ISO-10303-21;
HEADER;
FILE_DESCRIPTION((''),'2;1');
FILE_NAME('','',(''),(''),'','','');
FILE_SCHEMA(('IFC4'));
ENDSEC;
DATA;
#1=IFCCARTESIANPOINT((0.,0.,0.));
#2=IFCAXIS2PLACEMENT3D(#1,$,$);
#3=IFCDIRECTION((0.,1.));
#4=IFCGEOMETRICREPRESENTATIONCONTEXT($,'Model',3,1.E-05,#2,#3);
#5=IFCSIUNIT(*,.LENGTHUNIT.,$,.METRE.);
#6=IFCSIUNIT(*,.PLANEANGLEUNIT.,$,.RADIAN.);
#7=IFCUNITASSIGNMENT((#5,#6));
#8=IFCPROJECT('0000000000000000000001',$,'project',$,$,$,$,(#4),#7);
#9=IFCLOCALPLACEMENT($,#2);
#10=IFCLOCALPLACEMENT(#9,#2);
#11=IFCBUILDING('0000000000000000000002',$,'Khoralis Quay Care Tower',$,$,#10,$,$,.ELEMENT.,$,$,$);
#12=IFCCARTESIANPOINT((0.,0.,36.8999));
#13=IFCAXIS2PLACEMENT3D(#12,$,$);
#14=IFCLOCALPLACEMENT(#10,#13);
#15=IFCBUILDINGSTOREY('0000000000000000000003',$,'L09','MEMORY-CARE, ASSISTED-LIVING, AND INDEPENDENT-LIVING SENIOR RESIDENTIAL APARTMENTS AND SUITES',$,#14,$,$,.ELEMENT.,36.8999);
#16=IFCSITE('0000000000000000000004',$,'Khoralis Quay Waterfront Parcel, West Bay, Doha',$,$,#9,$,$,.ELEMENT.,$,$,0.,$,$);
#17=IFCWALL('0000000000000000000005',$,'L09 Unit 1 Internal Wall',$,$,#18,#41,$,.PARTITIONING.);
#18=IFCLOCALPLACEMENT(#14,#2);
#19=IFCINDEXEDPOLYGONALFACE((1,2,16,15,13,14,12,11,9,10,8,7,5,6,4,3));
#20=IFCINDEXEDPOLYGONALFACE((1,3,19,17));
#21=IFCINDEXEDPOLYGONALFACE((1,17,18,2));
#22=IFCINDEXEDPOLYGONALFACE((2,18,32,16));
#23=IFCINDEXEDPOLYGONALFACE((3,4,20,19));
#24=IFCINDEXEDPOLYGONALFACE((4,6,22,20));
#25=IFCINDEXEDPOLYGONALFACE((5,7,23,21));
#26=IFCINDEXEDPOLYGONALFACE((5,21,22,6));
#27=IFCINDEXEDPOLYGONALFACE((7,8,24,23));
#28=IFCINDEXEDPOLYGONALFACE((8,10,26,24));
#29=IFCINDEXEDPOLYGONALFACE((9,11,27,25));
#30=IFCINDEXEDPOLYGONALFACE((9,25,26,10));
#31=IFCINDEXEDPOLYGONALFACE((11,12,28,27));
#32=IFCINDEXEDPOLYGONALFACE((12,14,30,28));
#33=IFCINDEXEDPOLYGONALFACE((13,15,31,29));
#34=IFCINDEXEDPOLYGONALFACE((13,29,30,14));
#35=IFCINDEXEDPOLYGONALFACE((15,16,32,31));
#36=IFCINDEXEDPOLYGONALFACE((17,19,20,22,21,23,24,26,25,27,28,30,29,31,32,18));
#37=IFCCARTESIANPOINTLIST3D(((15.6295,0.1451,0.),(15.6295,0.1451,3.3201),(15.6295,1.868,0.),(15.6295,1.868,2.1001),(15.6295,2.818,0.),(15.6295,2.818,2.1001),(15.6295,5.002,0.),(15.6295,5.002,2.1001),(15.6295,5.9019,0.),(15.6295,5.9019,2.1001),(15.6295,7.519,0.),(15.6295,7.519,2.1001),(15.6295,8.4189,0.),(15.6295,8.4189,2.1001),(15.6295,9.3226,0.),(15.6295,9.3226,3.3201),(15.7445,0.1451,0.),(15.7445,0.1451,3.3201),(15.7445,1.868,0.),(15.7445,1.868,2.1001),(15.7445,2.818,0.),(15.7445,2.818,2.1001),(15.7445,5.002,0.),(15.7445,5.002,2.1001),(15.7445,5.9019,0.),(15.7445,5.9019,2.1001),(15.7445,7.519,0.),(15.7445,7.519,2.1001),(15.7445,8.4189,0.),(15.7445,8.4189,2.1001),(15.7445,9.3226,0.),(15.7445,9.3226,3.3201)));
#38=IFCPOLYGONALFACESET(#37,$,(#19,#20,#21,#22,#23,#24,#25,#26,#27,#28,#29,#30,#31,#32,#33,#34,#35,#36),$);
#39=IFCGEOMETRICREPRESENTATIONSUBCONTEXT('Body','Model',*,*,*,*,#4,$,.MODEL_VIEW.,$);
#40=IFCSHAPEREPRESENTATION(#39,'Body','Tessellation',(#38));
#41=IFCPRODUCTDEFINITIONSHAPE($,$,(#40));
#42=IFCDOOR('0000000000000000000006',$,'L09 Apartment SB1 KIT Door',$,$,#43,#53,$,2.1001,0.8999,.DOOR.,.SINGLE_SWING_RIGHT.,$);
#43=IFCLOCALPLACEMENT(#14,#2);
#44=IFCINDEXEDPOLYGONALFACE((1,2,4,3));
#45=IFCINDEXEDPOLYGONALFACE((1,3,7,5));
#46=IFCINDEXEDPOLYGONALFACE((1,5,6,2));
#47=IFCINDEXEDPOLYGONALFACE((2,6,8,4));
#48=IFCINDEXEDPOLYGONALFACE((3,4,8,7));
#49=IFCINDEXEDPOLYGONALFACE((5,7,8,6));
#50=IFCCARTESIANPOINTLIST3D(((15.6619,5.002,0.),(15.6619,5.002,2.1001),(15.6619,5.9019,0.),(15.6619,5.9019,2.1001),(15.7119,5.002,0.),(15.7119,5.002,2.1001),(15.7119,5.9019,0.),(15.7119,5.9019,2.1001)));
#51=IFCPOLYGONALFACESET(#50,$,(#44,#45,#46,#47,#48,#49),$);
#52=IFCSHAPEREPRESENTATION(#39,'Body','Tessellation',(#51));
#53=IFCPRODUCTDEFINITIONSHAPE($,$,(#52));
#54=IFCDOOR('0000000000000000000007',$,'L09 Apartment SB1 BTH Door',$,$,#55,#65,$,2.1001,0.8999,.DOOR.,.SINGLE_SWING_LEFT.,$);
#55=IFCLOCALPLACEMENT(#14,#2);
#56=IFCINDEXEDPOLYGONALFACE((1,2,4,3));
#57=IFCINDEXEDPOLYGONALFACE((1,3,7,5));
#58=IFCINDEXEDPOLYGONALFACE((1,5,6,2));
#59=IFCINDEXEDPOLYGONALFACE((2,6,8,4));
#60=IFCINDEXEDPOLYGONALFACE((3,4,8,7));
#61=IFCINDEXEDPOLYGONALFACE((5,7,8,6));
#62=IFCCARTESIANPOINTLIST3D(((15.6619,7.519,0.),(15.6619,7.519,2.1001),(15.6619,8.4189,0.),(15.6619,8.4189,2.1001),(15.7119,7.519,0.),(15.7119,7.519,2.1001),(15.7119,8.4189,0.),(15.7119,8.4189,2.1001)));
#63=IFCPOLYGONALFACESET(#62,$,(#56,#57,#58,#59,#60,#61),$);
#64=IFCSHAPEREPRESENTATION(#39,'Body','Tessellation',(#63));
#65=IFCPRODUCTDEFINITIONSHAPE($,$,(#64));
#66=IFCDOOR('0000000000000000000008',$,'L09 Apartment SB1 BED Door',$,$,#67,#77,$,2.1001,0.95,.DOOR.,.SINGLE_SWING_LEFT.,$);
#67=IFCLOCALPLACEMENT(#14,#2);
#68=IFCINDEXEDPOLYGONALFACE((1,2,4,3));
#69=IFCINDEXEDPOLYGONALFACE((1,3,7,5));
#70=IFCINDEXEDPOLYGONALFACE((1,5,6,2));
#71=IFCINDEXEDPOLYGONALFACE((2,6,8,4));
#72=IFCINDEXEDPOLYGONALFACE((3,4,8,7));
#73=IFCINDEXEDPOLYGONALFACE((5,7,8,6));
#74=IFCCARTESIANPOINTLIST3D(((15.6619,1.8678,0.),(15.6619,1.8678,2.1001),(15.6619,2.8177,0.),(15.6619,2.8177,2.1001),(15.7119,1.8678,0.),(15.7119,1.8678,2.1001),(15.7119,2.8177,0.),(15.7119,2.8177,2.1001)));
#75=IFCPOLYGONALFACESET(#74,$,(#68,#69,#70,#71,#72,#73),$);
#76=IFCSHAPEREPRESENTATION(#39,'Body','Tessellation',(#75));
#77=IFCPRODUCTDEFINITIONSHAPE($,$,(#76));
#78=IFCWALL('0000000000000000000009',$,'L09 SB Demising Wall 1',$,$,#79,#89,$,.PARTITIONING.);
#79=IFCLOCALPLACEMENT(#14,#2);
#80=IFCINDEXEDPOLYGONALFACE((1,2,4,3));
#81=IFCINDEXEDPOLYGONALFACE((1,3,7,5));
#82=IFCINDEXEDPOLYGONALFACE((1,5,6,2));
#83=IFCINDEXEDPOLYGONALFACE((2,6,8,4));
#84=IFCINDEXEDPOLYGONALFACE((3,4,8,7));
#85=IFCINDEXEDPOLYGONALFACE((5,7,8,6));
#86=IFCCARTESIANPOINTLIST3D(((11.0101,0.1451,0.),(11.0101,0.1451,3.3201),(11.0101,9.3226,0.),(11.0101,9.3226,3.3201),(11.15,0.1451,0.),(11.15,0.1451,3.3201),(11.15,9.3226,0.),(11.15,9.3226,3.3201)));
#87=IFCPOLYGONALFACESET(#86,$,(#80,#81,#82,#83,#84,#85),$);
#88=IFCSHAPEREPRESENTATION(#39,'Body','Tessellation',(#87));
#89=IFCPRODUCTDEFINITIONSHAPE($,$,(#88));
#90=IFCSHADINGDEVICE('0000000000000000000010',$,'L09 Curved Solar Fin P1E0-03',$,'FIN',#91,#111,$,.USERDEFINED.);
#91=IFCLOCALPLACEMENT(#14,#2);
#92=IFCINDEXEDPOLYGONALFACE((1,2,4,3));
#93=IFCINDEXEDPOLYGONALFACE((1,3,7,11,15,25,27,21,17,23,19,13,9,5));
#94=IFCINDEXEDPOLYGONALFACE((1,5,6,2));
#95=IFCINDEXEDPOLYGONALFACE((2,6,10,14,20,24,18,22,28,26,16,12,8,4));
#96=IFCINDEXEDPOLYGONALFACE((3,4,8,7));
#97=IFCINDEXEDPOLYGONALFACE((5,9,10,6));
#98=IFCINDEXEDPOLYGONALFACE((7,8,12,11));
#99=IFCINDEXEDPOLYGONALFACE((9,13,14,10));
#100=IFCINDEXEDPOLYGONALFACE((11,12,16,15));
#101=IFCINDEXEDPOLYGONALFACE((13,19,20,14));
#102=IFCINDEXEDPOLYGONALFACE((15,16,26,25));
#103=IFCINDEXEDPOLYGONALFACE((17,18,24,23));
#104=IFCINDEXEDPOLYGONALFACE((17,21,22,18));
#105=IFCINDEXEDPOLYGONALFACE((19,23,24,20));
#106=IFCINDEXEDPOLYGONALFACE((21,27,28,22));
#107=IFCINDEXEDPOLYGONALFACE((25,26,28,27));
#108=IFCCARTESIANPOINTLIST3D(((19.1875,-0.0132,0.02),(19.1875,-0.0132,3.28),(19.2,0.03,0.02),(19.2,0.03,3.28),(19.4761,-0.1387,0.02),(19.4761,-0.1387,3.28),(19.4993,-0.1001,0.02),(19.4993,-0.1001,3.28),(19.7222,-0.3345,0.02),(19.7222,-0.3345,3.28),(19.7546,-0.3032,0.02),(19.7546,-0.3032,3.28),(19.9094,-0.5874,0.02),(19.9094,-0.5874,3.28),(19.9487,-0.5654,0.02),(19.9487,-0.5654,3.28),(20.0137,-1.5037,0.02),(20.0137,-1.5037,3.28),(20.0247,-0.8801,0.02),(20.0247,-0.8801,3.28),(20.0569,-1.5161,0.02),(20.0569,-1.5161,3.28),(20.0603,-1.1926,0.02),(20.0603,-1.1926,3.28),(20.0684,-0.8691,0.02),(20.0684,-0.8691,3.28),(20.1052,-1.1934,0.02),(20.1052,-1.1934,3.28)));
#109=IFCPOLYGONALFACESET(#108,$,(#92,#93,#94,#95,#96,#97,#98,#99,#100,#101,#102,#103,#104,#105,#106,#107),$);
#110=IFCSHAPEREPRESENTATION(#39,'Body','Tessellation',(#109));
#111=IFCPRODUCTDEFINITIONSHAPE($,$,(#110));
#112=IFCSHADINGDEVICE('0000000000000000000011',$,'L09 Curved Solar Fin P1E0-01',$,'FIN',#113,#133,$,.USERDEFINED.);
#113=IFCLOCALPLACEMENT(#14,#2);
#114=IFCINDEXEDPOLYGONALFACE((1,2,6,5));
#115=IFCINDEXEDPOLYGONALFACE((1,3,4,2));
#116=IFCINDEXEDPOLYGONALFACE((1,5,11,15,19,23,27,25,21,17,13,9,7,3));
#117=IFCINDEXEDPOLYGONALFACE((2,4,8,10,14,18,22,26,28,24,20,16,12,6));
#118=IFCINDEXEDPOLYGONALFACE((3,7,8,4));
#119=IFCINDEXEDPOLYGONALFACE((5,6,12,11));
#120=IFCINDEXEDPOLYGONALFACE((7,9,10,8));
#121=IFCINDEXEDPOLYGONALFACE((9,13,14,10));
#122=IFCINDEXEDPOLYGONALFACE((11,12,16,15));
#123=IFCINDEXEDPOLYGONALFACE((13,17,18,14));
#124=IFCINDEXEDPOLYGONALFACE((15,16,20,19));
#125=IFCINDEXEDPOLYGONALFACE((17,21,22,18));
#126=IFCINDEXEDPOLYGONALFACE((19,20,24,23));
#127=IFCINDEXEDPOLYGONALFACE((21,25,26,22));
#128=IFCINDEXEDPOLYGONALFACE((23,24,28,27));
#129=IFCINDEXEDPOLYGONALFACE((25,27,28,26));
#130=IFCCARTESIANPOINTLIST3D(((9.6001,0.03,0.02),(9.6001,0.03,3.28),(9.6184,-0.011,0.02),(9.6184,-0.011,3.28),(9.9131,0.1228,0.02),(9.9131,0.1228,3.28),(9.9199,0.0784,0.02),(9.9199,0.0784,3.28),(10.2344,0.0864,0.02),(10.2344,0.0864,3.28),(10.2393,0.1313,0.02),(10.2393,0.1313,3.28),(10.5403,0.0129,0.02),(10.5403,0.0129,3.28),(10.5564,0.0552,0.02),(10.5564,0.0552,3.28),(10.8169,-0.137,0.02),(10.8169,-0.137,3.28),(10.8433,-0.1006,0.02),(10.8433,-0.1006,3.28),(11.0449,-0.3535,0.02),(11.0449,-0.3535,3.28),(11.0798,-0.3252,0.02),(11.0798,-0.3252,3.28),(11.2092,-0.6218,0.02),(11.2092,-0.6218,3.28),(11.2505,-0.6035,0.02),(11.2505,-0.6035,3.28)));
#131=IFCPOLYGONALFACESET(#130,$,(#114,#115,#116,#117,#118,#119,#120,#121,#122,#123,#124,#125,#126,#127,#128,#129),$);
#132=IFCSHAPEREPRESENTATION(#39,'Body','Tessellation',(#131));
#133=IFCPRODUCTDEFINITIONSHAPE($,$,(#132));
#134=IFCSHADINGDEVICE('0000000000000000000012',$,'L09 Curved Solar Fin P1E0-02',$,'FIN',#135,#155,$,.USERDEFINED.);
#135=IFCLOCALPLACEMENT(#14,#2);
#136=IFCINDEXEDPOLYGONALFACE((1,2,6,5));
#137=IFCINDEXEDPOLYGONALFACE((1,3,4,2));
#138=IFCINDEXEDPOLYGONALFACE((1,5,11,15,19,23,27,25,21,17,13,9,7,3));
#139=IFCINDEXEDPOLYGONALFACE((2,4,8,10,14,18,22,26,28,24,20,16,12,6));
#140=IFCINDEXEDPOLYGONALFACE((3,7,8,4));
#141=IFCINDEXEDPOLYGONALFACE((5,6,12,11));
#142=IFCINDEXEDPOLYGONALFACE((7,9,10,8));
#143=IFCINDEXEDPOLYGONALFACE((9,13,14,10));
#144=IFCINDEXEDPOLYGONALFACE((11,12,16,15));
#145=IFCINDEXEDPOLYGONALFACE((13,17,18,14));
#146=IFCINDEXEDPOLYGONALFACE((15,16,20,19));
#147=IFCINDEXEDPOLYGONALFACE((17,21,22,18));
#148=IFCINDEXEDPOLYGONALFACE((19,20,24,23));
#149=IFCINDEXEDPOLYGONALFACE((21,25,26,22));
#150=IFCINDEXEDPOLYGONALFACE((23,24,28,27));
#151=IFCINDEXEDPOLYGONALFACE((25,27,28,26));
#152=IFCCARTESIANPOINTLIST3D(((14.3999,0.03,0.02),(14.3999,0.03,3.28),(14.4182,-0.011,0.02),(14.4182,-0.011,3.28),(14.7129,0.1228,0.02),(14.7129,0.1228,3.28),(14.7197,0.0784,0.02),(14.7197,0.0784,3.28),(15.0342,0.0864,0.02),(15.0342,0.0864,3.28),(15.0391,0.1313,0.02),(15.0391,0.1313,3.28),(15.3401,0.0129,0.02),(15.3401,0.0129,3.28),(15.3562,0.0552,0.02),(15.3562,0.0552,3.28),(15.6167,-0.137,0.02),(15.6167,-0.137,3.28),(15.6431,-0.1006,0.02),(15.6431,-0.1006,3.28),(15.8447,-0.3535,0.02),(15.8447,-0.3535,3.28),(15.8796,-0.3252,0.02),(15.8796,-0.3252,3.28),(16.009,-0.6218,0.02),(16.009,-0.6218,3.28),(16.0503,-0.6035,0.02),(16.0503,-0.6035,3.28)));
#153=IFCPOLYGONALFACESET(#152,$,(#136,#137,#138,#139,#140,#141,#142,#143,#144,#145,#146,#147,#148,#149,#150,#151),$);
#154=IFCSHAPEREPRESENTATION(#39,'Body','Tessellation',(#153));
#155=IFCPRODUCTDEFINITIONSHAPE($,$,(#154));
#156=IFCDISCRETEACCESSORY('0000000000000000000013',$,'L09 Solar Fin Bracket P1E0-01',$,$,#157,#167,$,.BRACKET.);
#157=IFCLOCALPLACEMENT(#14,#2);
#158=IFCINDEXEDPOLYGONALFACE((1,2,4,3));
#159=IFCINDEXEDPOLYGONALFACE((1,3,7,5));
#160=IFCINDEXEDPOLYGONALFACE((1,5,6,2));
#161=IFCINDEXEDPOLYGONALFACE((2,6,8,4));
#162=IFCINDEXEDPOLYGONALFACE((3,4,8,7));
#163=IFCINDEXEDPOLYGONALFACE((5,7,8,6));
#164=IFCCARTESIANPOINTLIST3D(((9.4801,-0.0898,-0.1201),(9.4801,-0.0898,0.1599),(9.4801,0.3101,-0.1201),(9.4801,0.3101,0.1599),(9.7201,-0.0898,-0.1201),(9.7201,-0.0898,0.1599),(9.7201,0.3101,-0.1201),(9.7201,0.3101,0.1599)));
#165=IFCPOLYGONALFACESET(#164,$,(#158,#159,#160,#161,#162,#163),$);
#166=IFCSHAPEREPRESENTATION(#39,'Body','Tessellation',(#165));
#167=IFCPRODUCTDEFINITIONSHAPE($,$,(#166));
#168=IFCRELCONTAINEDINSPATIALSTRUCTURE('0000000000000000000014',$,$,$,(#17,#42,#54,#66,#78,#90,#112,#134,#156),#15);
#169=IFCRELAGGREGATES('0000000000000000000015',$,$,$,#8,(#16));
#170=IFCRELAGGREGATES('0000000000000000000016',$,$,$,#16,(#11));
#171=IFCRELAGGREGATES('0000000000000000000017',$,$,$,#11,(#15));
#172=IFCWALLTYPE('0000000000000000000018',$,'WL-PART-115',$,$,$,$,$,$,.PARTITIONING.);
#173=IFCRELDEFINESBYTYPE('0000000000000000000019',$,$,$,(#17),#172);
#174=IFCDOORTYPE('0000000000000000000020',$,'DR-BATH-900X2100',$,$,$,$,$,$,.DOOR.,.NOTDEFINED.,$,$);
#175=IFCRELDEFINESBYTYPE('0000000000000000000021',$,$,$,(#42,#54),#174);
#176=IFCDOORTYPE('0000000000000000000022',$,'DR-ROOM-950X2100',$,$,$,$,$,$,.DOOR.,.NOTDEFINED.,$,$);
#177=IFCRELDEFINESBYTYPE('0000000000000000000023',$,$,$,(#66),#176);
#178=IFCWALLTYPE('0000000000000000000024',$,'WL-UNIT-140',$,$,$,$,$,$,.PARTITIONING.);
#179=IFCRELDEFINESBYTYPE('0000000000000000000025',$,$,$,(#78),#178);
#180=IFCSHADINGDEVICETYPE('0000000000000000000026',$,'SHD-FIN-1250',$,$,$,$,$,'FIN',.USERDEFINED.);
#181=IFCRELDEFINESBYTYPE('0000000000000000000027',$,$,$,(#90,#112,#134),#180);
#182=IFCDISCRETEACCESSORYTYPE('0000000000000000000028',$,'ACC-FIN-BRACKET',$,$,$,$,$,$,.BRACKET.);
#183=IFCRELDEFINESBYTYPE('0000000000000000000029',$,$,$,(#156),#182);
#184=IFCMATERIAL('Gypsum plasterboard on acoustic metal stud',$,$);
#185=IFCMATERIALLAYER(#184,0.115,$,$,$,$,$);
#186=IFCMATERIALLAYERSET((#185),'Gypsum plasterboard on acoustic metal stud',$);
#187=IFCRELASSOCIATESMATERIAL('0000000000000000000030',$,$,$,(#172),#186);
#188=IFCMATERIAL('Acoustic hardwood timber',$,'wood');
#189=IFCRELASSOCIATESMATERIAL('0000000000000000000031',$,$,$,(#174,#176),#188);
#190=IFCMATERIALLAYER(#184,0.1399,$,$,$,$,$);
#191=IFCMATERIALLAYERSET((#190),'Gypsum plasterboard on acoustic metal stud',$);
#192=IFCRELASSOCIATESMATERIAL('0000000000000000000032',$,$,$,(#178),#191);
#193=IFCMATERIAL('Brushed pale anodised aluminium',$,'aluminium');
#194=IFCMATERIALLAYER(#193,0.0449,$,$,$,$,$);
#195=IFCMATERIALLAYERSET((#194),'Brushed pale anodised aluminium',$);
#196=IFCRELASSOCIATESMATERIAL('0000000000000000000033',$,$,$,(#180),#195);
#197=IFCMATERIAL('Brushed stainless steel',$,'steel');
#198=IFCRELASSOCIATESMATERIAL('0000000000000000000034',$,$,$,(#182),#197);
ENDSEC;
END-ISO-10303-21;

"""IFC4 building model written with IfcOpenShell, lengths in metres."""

from ifc_helpers import new_model, si_unit, direction, frame, frame_2d, origin, origin_2d, place, context, subcontext, project, spatial, polyline, rectangle, outline, extrude, source, transform, mapped, material, layer, layer_set, type_object, element, fill, save


model = new_model("IFC4")

# Units and contexts
model_context = context("Model", 3, precision=1e-05, world=origin(), true_north=direction((0.0, 1.0)))
body_context = subcontext(model_context, "Body", "Model", "MODEL_VIEW")
ifc_project = project(units=[si_unit("LENGTHUNIT", "METRE"), si_unit("PLANEANGLEUNIT", "RADIAN")], contexts=[model_context])

# Site, building, storey
site_placement = place(None, origin())
site = spatial("IfcSite", under=ifc_project, at=site_placement, Name="Khoralis Quay Waterfront Parcel, West Bay, Doha", CompositionType="ELEMENT", RefElevation=0.0)
building_placement = place(site_placement, origin())
building = spatial("IfcBuilding", under=site, at=building_placement, Name="Khoralis Quay Care Tower", CompositionType="ELEMENT")
storey_placement = place(building_placement, frame((0.0, 0.0, 36.8999)))
storey = spatial("IfcBuildingStorey", under=building, at=storey_placement, Name="L09", Description="MEMORY-CARE, ASSISTED-LIVING, AND INDEPENDENT-LIVING SENIOR RESIDENTIAL APARTMENTS AND SUITES", CompositionType="ELEMENT", Elevation=36.8999)

# Wall, openings, doors
ifc_material_1 = material(Name="Gypsum plasterboard on acoustic metal stud")
ifc_layer_1 = layer(ifc_material_1, 0.115)
ifc_layer_set_1 = layer_set([ifc_layer_1], Name="Gypsum plasterboard on acoustic metal stud")
wall_type_1 = type_object("IfcWallType", Name="WL-PART-115", PredefinedType="PARTITIONING", material=ifc_layer_set_1)
ifc_material_2 = material(Name="Acoustic hardwood timber", Category="wood")
door_type_1 = type_object("IfcDoorType", Name="DR-BATH-900X2100", OperationType="NOTDEFINED", PredefinedType="DOOR", material=ifc_material_2)
shared_shape_1 = source(origin(), body_context, "Body", "SweptSolid", [
    extrude(rectangle(XDim=0.8999, YDim=2.1001, at=frame_2d((0.45, 1.05))), frame((0.0, 0.0249, 0.0), z_axis=(0.0, -1.0, 0.0), x_axis=(1.0, 0.0, 0.0)), (0.0, 0.0, 1.0), 0.05),
])
door_type_2 = type_object("IfcDoorType", Name="DR-ROOM-950X2100", OperationType="NOTDEFINED", PredefinedType="DOOR", material=ifc_material_2)
shared_shape_2 = source(origin(), body_context, "Body", "SweptSolid", [
    extrude(rectangle(XDim=0.95, YDim=2.1001, at=frame_2d((0.4751, 1.05))), frame((0.0, 0.0249, 0.0), z_axis=(0.0, -1.0, 0.0), x_axis=(1.0, 0.0, 0.0)), (0.0, 0.0, 1.0), 0.05),
])
wall_1_placement = place(storey_placement, frame((15.687, 0.145, 0.0), z_axis=(0.0, 0.0, 1.0), x_axis=(0.0, 1.0, 0.0)))
wall_1 = element("IfcWall", 1, at=wall_1_placement, inside=storey, type_object=wall_type_1, Name="L09 Unit 1 Internal Wall", PredefinedType="PARTITIONING", context=body_context, shape_type="SweptSolid", body=[
    extrude(rectangle(XDim=9.1775, YDim=0.115, at=frame_2d((4.5889, 0.0))), origin(), (0.0, 0.0, 1.0), 3.3201),
])
opening_1_placement = place(wall_1_placement, frame((1.7229, 0.0, 0.0)))
opening_1 = element("IfcOpeningElement", 2, at=opening_1_placement, cuts=wall_1, PredefinedType="OPENING", context=body_context, shape_type="SweptSolid", body=[
    extrude(rectangle(XDim=0.95, YDim=2.1001, at=frame_2d((0.4751, 1.05))), frame((0.0, 0.0674, 0.0), z_axis=(0.0, -1.0, 0.0), x_axis=(1.0, 0.0, 0.0)), (0.0, 0.0, 1.0), 0.135),
])
opening_2_placement = place(wall_1_placement, frame((4.8569, 0.0, 0.0)))
opening_2 = element("IfcOpeningElement", 3, at=opening_2_placement, cuts=wall_1, PredefinedType="OPENING", context=body_context, shape_type="SweptSolid", body=[
    extrude(rectangle(XDim=0.8999, YDim=2.1001, at=frame_2d((0.45, 1.05))), frame((0.0, 0.0674, 0.0), z_axis=(0.0, -1.0, 0.0), x_axis=(1.0, 0.0, 0.0)), (0.0, 0.0, 1.0), 0.135),
])
opening_3_placement = place(wall_1_placement, frame((7.374, 0.0, 0.0)))
opening_3 = element("IfcOpeningElement", 4, at=opening_3_placement, cuts=wall_1, PredefinedType="OPENING", context=body_context, shape_type="SweptSolid", body=[
    extrude(rectangle(XDim=0.8999, YDim=2.1001, at=frame_2d((0.45, 1.05))), frame((0.0, 0.0674, 0.0), z_axis=(0.0, -1.0, 0.0), x_axis=(1.0, 0.0, 0.0)), (0.0, 0.0, 1.0), 0.135),
])
door_1_placement = place(opening_2_placement, frame((0.8999, 0.0, 0.0), z_axis=(0.0, 0.0, 1.0), x_axis=(-1.0, 0.0, 0.0)))
door_1 = element("IfcDoor", 5, at=door_1_placement, inside=storey, type_object=door_type_1, Name="L09 Apartment SB1 KIT Door", OperationType="SINGLE_SWING_RIGHT", OverallHeight=2.1001, OverallWidth=0.8999, PredefinedType="DOOR", context=body_context, shape_type="MappedRepresentation", body=[
    mapped(shared_shape_1, transform((0.0, 0.0, 0.0), scale=1.0)),
])
fill(opening_2, door_1)
door_2_placement = place(opening_3_placement, frame((0.8999, 0.0, 0.0), z_axis=(0.0, 0.0, 1.0), x_axis=(-1.0, 0.0, 0.0)))
door_2 = element("IfcDoor", 6, at=door_2_placement, inside=storey, type_object=door_type_1, Name="L09 Apartment SB1 BTH Door", OperationType="SINGLE_SWING_LEFT", OverallHeight=2.1001, OverallWidth=0.8999, PredefinedType="DOOR", context=body_context, shape_type="MappedRepresentation", body=[
    mapped(shared_shape_1, transform((0.0, 0.0, 0.0), scale=1.0)),
])
fill(opening_3, door_2)
door_3_placement = place(opening_1_placement, frame((0.95, 0.0, 0.0), z_axis=(0.0, 0.0, 1.0), x_axis=(-1.0, 0.0, 0.0)))
door_3 = element("IfcDoor", 7, at=door_3_placement, inside=storey, type_object=door_type_2, Name="L09 Apartment SB1 BED Door", OperationType="SINGLE_SWING_LEFT", OverallHeight=2.1001, OverallWidth=0.95, PredefinedType="DOOR", context=body_context, shape_type="MappedRepresentation", body=[
    mapped(shared_shape_2, transform((0.0, 0.0, 0.0), scale=1.0)),
])
fill(opening_1, door_3)

# Wall
ifc_layer_2 = layer(ifc_material_1, 0.1399)
ifc_layer_set_2 = layer_set([ifc_layer_2], Name="Gypsum plasterboard on acoustic metal stud")
wall_type_2 = type_object("IfcWallType", Name="WL-UNIT-140", PredefinedType="PARTITIONING", material=ifc_layer_set_2)
wall_2_placement = place(storey_placement, frame((11.0801, 0.145, 0.0), z_axis=(0.0, 0.0, 1.0), x_axis=(0.0, 1.0, 0.0)))
element("IfcWall", 8, at=wall_2_placement, inside=storey, type_object=wall_type_2, Name="L09 SB Demising Wall 1", PredefinedType="PARTITIONING", context=body_context, shape_type="SweptSolid", body=[
    extrude(rectangle(XDim=9.1775, YDim=0.1399, at=frame_2d((4.5889, 0.0))), origin(), (0.0, 0.0, 1.0), 3.3201),
])

# Shading devices
ifc_material_3 = material(Name="Brushed pale anodised aluminium", Category="aluminium")
ifc_layer_3 = layer(ifc_material_3, 0.0449)
ifc_layer_set_3 = layer_set([ifc_layer_3], Name="Brushed pale anodised aluminium")
shading_device_type = type_object("IfcShadingDeviceType", Name="SHD-FIN-1250", ElementType="FIN", PredefinedType="USERDEFINED", material=ifc_layer_set_3)
shared_shape_3 = source(origin(), body_context, "Body", "SweptSolid", [
    extrude(outline(polyline([(0.0, 0.0), (0.1301, 0.2993), (0.3333, 0.5547), (0.5955, 0.7488), (0.8992, 0.8684), (1.2234, 0.9053), (1.5461, 0.8569), (1.5337, 0.8137), (1.2227, 0.8604), (0.9102, 0.8247), (0.6174, 0.7095), (0.3645, 0.5222), (0.1687, 0.2761), (0.0432, -0.0125), (0.0, 0.0)])), origin(), (0.0, 0.0, 1.0), 3.26),
])
shading_device_placement = place(storey_placement, frame((19.2, 0.03, 0.02), z_axis=(0.0, 0.0, 1.0), x_axis=(0.0, -1.0, 0.0)))
element("IfcShadingDevice", 9, at=shading_device_placement, inside=storey, type_object=shading_device_type, Name="L09 Curved Solar Fin P1E0-03", ObjectType="FIN", PredefinedType="USERDEFINED", context=body_context, shape_type="MappedRepresentation", body=[
    mapped(shared_shape_3, transform((0.0, 0.0, 0.0), scale=1.0)),
])
shared_shape_4 = source(origin(), body_context, "Body", "SweptSolid", [
    extrude(outline(polyline([(0.0, 0.0), (-0.0928, 0.313), (-0.1013, 0.6392), (-0.0251, 0.9563), (0.1306, 1.2432), (0.3552, 1.4797), (0.6335, 1.6504), (0.6519, 1.6091), (0.3835, 1.4448), (0.167, 1.2168), (0.0171, 0.9402), (-0.0564, 0.6343), (-0.0483, 0.3198), (0.041, 0.0183), (0.0, 0.0)])), origin(), (0.0, 0.0, 1.0), 3.26),
])
for number, where, z_axis, x_axis, name in (
    (10, (9.6001, 0.03, 0.02), (0.0, 0.0, 1.0), (0.0, -1.0, 0.0), "L09 Curved Solar Fin P1E0-01"),
    (11, (14.3999, 0.03, 0.02), (0.0, 0.0, 1.0), (0.0, -1.0, 0.0), "L09 Curved Solar Fin P1E0-02"),
):
    element("IfcShadingDevice", number, at=place(storey_placement, frame(where, z_axis=z_axis, x_axis=x_axis)), inside=storey, type_object=shading_device_type, Name=name, ObjectType="FIN", PredefinedType="USERDEFINED", context=body_context, shape_type="MappedRepresentation", body=[
        mapped(shared_shape_4, transform((0.0, 0.0, 0.0), scale=1.0)),
    ])

# Discrete accessory
ifc_material_4 = material(Name="Brushed stainless steel", Category="steel")
discrete_accessory_type = type_object("IfcDiscreteAccessoryType", Name="ACC-FIN-BRACKET", PredefinedType="BRACKET", material=ifc_material_4)
shared_shape_5 = source(origin(), body_context, "Body", "SweptSolid", [
    extrude(rectangle(XDim=0.3999, YDim=0.24, at=origin_2d()), origin(), (0.0, 0.0, 1.0), 0.28),
])
for number, where, z_axis, x_axis, name in (
    (12, (9.6001, 0.1101, -0.1201), (0.0, 0.0, 1.0), (0.0, -1.0, 0.0), "L09 Solar Fin Bracket P1E0-01"),
):
    element("IfcDiscreteAccessory", number, at=place(storey_placement, frame(where, z_axis=z_axis, x_axis=x_axis)), inside=storey, type_object=discrete_accessory_type, Name=name, PredefinedType="BRACKET", context=body_context, shape_type="MappedRepresentation", body=[
        mapped(shared_shape_5, transform((0.0, 0.0, 0.0), scale=1.0)),
    ])

save(model, "model.ifc")
